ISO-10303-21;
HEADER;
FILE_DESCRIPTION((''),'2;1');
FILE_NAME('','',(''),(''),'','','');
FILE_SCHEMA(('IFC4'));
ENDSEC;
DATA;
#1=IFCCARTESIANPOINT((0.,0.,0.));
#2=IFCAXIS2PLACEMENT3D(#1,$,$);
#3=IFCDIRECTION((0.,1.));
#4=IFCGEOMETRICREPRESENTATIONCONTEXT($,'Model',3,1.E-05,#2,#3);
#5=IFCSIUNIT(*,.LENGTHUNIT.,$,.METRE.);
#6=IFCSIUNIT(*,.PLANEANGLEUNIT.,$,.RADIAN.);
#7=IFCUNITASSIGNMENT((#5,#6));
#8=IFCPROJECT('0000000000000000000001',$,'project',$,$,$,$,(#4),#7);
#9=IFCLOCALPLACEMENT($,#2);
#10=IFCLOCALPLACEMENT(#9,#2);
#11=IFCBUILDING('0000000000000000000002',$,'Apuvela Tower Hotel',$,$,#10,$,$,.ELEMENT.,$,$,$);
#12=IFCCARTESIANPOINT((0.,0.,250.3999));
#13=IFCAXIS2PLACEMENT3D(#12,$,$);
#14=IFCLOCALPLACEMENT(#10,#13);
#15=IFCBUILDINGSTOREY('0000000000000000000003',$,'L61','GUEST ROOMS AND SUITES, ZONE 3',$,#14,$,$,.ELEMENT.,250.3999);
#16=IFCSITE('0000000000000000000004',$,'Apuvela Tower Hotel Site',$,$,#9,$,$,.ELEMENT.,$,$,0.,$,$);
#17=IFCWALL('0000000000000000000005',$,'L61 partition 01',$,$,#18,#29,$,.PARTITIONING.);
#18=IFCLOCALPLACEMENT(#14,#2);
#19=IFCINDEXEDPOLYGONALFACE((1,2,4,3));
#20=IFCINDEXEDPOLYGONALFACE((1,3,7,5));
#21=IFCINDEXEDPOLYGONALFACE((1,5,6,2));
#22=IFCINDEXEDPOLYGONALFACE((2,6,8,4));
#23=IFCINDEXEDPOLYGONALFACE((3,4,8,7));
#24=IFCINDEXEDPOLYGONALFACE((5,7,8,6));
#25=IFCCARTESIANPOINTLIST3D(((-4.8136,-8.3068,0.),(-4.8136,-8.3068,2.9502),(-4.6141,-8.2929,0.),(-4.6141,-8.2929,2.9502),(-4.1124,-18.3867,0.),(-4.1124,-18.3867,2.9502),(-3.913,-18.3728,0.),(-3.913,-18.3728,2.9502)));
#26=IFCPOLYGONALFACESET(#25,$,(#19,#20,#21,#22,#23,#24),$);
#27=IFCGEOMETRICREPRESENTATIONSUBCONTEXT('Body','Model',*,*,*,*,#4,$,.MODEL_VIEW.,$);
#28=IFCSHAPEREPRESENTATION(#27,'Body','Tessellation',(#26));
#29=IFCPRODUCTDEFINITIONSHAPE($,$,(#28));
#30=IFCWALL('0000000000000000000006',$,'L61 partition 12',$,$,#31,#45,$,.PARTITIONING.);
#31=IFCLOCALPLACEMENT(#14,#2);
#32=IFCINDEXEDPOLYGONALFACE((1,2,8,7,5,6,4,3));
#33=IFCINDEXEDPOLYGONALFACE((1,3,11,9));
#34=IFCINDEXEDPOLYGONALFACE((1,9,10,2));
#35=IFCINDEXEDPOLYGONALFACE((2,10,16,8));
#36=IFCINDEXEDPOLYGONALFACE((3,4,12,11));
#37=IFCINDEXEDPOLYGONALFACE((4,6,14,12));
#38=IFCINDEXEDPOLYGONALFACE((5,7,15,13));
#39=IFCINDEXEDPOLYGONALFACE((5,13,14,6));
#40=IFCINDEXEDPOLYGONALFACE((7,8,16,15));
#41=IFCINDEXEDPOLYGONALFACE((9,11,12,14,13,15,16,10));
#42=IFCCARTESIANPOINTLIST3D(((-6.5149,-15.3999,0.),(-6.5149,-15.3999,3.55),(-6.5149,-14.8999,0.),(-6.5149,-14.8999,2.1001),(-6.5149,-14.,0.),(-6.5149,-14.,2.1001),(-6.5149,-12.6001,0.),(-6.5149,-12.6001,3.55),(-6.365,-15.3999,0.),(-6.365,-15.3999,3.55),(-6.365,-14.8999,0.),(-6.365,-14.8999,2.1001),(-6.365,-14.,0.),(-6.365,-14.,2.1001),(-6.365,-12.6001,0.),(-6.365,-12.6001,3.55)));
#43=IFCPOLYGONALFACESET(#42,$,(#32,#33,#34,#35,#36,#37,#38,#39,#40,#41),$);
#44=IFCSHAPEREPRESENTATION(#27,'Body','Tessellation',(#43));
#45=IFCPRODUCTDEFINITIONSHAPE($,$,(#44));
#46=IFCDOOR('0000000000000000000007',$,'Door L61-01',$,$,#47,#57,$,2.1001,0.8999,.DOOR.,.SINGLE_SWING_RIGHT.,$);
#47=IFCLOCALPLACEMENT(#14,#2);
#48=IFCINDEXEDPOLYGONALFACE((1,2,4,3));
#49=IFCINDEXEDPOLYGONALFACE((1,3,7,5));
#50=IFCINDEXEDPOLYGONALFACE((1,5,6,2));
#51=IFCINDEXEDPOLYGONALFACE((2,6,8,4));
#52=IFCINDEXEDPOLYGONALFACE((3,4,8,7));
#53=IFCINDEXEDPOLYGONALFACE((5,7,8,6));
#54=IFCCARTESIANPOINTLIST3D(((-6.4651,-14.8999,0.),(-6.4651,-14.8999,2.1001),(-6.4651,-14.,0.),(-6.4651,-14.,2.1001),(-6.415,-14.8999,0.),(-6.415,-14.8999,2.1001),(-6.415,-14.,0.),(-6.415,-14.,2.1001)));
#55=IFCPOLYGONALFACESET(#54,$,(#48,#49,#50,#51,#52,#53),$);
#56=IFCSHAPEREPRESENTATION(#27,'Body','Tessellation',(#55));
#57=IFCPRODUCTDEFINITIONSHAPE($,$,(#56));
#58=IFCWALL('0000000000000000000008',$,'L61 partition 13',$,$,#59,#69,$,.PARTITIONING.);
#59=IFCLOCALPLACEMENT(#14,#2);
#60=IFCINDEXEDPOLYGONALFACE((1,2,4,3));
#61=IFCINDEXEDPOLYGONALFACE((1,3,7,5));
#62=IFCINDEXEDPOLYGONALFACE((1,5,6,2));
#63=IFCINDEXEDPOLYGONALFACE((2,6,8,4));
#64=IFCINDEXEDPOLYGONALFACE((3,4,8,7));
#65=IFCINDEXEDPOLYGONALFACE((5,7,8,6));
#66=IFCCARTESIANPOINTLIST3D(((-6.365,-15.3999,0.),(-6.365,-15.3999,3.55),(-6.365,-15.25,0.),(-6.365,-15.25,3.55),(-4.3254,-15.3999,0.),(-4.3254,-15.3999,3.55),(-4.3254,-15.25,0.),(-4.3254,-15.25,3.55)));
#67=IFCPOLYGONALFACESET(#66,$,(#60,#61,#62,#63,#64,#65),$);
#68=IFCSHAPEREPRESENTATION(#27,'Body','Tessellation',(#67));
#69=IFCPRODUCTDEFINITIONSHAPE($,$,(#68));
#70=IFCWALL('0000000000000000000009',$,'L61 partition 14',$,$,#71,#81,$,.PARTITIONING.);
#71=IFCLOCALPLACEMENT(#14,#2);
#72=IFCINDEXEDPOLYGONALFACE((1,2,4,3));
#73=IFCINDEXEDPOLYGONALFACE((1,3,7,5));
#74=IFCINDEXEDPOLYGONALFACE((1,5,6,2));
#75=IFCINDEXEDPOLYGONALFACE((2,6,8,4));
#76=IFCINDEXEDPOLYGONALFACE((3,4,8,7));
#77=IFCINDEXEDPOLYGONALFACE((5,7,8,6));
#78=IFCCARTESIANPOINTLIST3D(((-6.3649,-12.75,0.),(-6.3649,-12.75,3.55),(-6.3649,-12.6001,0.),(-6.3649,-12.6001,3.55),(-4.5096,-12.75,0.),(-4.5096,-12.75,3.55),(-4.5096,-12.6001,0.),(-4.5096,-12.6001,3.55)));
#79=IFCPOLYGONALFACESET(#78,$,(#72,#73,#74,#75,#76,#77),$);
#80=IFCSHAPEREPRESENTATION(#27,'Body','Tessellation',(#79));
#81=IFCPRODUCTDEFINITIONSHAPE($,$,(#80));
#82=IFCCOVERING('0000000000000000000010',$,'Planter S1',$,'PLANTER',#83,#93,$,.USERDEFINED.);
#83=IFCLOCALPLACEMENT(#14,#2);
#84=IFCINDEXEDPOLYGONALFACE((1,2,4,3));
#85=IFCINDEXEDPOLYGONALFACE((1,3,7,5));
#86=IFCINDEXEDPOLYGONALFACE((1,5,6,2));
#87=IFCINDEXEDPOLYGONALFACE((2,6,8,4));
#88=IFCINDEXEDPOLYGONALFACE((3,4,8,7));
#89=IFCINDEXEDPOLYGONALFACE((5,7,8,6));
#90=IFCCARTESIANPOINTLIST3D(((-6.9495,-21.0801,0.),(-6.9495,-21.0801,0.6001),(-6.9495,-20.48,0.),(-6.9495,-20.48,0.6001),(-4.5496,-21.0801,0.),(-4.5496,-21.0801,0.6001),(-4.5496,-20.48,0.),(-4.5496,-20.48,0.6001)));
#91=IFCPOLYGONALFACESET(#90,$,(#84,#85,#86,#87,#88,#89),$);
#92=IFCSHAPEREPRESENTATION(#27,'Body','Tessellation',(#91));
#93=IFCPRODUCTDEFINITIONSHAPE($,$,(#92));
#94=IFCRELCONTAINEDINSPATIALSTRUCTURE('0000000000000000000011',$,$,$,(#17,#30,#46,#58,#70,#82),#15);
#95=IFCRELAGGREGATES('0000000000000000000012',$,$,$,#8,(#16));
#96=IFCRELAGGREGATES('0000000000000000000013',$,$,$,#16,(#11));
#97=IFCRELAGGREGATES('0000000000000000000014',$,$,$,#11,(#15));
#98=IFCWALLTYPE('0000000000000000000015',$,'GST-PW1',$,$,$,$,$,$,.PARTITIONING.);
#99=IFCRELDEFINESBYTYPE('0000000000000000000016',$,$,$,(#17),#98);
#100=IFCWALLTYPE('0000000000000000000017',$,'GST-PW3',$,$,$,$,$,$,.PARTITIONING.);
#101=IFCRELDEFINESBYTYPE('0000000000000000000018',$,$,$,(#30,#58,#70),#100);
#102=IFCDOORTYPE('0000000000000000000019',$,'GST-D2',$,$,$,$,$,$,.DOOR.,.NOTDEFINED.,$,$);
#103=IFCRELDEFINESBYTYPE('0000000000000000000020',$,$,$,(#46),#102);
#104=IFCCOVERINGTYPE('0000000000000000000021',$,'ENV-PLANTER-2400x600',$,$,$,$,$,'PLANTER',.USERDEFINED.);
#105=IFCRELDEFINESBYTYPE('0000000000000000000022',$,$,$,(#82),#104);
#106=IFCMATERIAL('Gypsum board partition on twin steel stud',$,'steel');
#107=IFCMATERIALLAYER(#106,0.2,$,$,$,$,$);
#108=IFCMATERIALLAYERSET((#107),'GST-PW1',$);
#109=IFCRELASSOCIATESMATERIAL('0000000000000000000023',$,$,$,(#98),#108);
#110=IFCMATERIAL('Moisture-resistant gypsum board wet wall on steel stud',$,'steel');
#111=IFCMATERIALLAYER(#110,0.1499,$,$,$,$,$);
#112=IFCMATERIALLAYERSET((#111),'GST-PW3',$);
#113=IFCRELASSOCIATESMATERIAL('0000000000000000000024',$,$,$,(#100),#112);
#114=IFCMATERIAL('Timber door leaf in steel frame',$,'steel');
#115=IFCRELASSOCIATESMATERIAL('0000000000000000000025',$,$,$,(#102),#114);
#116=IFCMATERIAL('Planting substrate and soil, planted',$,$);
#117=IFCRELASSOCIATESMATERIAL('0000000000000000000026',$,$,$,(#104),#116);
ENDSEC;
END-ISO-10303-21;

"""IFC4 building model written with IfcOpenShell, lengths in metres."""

from ifc_helpers import new_model, si_unit, direction, frame, frame_2d, origin, origin_2d, place, context, subcontext, project, spatial, rectangle, extrude, material, layer, layer_set, type_object, element, fill, save


model = new_model("IFC4")

# Units and contexts
model_context = context("Model", 3, precision=1e-05, world=origin(), true_north=direction((0.0, 1.0)))
body_context = subcontext(model_context, "Body", "Model", "MODEL_VIEW")
ifc_project = project(units=[si_unit("LENGTHUNIT", "METRE"), si_unit("PLANEANGLEUNIT", "RADIAN")], contexts=[model_context])

# Site, building, storey
site_placement = place(None, origin())
site = spatial("IfcSite", under=ifc_project, at=site_placement, Name="Apuvela Tower Hotel Site", CompositionType="ELEMENT", RefElevation=0.0)
building_placement = place(site_placement, origin())
building = spatial("IfcBuilding", under=site, at=building_placement, Name="Apuvela Tower Hotel", CompositionType="ELEMENT")
storey_placement = place(building_placement, frame((0.0, 0.0, 250.3999)))
storey = spatial("IfcBuildingStorey", under=building, at=storey_placement, Name="L61", Description="GUEST ROOMS AND SUITES, ZONE 3", CompositionType="ELEMENT", Elevation=250.3999)

# Wall
ifc_material_1 = material(Name="Gypsum board partition on twin steel stud", Category="steel")
ifc_layer_1 = layer(ifc_material_1, 0.2)
ifc_layer_set_1 = layer_set([ifc_layer_1], Name="GST-PW1")
wall_type_1 = type_object("IfcWallType", Name="GST-PW1", PredefinedType="PARTITIONING", material=ifc_layer_set_1)
wall_1_placement = place(storey_placement, frame((-4.0127, -18.3799, 0.0), z_axis=(0.0, 0.0, 1.0), x_axis=(-0.069394, 0.997589, 0.0)))
element("IfcWall", 1, at=wall_1_placement, inside=storey, type_object=wall_type_1, Name="L61 partition 01", PredefinedType="PARTITIONING", context=body_context, shape_type="SweptSolid", body=[
    extrude(rectangle(XDim=10.1042, YDim=0.2, at=frame_2d((5.0522, 0.0))), origin(), (0.0, 0.0, 1.0), 2.9502),
])

# Wall, opening, door
ifc_material_2 = material(Name="Moisture-resistant gypsum board wet wall on steel stud", Category="steel")
ifc_layer_2 = layer(ifc_material_2, 0.1499)
ifc_layer_set_2 = layer_set([ifc_layer_2], Name="GST-PW3")
wall_type_2 = type_object("IfcWallType", Name="GST-PW3", PredefinedType="PARTITIONING", material=ifc_layer_set_2)
wall_2_placement = place(storey_placement, frame((-6.4399, -12.6001, 0.0), z_axis=(0.0, 0.0, 1.0), x_axis=(0.0, -1.0, 0.0)))
wall_2 = element("IfcWall", 2, at=wall_2_placement, inside=storey, type_object=wall_type_2, Name="L61 partition 12", PredefinedType="PARTITIONING", context=body_context, shape_type="SweptSolid", body=[
    extrude(rectangle(XDim=2.7998, YDim=0.1499, at=frame_2d((1.3999, 0.0))), origin(), (0.0, 0.0, 1.0), 3.55),
])
opening_1_placement = place(wall_2_placement, frame((1.3999, 0.0, 0.0)))
opening_1 = element("IfcOpeningElement", 3, at=opening_1_placement, cuts=wall_2, PredefinedType="OPENING", context=body_context, shape_type="SweptSolid", body=[
    extrude(rectangle(XDim=0.8999, YDim=2.1001, at=frame_2d((0.45, 1.05))), frame((0.0, 0.085, 0.0), z_axis=(0.0, -1.0, 0.0), x_axis=(1.0, 0.0, 0.0)), (0.0, 0.0, 1.0), 0.1699),
])
ifc_material_3 = material(Name="Timber door leaf in steel frame", Category="steel")
door_type_1 = type_object("IfcDoorType", Name="GST-D2", OperationType="NOTDEFINED", PredefinedType="DOOR", material=ifc_material_3)
door_1_placement = place(opening_1_placement, origin())
door_1 = element("IfcDoor", 4, at=door_1_placement, inside=storey, type_object=door_type_1, Name="Door L61-01", OperationType="SINGLE_SWING_RIGHT", OverallHeight=2.1001, OverallWidth=0.8999, PredefinedType="DOOR", context=body_context, shape_type="SweptSolid", body=[
    extrude(rectangle(XDim=0.8999, YDim=2.1001, at=frame_2d((0.45, 1.05))), frame((0.0, 0.0249, 0.0), z_axis=(0.0, -1.0, 0.0), x_axis=(1.0, 0.0, 0.0)), (0.0, 0.0, 1.0), 0.05),
])
fill(opening_1, door_1)

# Walls
wall_3_placement = place(storey_placement, frame((-6.365, -15.325, 0.0), z_axis=(0.0, 0.0, 1.0), x_axis=(1.0, 0.0, 0.0)))
element("IfcWall", 5, at=wall_3_placement, inside=storey, type_object=wall_type_2, Name="L61 partition 13", PredefinedType="PARTITIONING", context=body_context, shape_type="SweptSolid", body=[
    extrude(rectangle(XDim=2.0396, YDim=0.1499, at=frame_2d((1.0198, 0.0))), origin(), (0.0, 0.0, 1.0), 3.55),
])
wall_4_placement = place(storey_placement, frame((-6.365, -12.675, 0.0), z_axis=(0.0, 0.0, 1.0), x_axis=(1.0, 0.0, 0.0)))
element("IfcWall", 6, at=wall_4_placement, inside=storey, type_object=wall_type_2, Name="L61 partition 14", PredefinedType="PARTITIONING", context=body_context, shape_type="SweptSolid", body=[
    extrude(rectangle(XDim=1.8552, YDim=0.1499, at=frame_2d((0.9277, 0.0))), origin(), (0.0, 0.0, 1.0), 3.55),
])

# Covering
ifc_material_4 = material(Name="Planting substrate and soil, planted")
covering_type = type_object("IfcCoveringType", Name="ENV-PLANTER-2400x600", ElementType="PLANTER", PredefinedType="USERDEFINED", material=ifc_material_4)
covering_placement = place(storey_placement, frame((-5.7495, -20.78, 0.0), z_axis=(0.0, 0.0, 1.0), x_axis=(1.0, 0.0, 0.0)))
element("IfcCovering", 7, at=covering_placement, inside=storey, type_object=covering_type, Name="Planter S1", ObjectType="PLANTER", PredefinedType="USERDEFINED", context=body_context, shape_type="SweptSolid", body=[
    extrude(rectangle(XDim=2.3999, YDim=0.6001, at=origin_2d()), origin(), (0.0, 0.0, 1.0), 0.6001),
])

save(model, "model.ifc")
